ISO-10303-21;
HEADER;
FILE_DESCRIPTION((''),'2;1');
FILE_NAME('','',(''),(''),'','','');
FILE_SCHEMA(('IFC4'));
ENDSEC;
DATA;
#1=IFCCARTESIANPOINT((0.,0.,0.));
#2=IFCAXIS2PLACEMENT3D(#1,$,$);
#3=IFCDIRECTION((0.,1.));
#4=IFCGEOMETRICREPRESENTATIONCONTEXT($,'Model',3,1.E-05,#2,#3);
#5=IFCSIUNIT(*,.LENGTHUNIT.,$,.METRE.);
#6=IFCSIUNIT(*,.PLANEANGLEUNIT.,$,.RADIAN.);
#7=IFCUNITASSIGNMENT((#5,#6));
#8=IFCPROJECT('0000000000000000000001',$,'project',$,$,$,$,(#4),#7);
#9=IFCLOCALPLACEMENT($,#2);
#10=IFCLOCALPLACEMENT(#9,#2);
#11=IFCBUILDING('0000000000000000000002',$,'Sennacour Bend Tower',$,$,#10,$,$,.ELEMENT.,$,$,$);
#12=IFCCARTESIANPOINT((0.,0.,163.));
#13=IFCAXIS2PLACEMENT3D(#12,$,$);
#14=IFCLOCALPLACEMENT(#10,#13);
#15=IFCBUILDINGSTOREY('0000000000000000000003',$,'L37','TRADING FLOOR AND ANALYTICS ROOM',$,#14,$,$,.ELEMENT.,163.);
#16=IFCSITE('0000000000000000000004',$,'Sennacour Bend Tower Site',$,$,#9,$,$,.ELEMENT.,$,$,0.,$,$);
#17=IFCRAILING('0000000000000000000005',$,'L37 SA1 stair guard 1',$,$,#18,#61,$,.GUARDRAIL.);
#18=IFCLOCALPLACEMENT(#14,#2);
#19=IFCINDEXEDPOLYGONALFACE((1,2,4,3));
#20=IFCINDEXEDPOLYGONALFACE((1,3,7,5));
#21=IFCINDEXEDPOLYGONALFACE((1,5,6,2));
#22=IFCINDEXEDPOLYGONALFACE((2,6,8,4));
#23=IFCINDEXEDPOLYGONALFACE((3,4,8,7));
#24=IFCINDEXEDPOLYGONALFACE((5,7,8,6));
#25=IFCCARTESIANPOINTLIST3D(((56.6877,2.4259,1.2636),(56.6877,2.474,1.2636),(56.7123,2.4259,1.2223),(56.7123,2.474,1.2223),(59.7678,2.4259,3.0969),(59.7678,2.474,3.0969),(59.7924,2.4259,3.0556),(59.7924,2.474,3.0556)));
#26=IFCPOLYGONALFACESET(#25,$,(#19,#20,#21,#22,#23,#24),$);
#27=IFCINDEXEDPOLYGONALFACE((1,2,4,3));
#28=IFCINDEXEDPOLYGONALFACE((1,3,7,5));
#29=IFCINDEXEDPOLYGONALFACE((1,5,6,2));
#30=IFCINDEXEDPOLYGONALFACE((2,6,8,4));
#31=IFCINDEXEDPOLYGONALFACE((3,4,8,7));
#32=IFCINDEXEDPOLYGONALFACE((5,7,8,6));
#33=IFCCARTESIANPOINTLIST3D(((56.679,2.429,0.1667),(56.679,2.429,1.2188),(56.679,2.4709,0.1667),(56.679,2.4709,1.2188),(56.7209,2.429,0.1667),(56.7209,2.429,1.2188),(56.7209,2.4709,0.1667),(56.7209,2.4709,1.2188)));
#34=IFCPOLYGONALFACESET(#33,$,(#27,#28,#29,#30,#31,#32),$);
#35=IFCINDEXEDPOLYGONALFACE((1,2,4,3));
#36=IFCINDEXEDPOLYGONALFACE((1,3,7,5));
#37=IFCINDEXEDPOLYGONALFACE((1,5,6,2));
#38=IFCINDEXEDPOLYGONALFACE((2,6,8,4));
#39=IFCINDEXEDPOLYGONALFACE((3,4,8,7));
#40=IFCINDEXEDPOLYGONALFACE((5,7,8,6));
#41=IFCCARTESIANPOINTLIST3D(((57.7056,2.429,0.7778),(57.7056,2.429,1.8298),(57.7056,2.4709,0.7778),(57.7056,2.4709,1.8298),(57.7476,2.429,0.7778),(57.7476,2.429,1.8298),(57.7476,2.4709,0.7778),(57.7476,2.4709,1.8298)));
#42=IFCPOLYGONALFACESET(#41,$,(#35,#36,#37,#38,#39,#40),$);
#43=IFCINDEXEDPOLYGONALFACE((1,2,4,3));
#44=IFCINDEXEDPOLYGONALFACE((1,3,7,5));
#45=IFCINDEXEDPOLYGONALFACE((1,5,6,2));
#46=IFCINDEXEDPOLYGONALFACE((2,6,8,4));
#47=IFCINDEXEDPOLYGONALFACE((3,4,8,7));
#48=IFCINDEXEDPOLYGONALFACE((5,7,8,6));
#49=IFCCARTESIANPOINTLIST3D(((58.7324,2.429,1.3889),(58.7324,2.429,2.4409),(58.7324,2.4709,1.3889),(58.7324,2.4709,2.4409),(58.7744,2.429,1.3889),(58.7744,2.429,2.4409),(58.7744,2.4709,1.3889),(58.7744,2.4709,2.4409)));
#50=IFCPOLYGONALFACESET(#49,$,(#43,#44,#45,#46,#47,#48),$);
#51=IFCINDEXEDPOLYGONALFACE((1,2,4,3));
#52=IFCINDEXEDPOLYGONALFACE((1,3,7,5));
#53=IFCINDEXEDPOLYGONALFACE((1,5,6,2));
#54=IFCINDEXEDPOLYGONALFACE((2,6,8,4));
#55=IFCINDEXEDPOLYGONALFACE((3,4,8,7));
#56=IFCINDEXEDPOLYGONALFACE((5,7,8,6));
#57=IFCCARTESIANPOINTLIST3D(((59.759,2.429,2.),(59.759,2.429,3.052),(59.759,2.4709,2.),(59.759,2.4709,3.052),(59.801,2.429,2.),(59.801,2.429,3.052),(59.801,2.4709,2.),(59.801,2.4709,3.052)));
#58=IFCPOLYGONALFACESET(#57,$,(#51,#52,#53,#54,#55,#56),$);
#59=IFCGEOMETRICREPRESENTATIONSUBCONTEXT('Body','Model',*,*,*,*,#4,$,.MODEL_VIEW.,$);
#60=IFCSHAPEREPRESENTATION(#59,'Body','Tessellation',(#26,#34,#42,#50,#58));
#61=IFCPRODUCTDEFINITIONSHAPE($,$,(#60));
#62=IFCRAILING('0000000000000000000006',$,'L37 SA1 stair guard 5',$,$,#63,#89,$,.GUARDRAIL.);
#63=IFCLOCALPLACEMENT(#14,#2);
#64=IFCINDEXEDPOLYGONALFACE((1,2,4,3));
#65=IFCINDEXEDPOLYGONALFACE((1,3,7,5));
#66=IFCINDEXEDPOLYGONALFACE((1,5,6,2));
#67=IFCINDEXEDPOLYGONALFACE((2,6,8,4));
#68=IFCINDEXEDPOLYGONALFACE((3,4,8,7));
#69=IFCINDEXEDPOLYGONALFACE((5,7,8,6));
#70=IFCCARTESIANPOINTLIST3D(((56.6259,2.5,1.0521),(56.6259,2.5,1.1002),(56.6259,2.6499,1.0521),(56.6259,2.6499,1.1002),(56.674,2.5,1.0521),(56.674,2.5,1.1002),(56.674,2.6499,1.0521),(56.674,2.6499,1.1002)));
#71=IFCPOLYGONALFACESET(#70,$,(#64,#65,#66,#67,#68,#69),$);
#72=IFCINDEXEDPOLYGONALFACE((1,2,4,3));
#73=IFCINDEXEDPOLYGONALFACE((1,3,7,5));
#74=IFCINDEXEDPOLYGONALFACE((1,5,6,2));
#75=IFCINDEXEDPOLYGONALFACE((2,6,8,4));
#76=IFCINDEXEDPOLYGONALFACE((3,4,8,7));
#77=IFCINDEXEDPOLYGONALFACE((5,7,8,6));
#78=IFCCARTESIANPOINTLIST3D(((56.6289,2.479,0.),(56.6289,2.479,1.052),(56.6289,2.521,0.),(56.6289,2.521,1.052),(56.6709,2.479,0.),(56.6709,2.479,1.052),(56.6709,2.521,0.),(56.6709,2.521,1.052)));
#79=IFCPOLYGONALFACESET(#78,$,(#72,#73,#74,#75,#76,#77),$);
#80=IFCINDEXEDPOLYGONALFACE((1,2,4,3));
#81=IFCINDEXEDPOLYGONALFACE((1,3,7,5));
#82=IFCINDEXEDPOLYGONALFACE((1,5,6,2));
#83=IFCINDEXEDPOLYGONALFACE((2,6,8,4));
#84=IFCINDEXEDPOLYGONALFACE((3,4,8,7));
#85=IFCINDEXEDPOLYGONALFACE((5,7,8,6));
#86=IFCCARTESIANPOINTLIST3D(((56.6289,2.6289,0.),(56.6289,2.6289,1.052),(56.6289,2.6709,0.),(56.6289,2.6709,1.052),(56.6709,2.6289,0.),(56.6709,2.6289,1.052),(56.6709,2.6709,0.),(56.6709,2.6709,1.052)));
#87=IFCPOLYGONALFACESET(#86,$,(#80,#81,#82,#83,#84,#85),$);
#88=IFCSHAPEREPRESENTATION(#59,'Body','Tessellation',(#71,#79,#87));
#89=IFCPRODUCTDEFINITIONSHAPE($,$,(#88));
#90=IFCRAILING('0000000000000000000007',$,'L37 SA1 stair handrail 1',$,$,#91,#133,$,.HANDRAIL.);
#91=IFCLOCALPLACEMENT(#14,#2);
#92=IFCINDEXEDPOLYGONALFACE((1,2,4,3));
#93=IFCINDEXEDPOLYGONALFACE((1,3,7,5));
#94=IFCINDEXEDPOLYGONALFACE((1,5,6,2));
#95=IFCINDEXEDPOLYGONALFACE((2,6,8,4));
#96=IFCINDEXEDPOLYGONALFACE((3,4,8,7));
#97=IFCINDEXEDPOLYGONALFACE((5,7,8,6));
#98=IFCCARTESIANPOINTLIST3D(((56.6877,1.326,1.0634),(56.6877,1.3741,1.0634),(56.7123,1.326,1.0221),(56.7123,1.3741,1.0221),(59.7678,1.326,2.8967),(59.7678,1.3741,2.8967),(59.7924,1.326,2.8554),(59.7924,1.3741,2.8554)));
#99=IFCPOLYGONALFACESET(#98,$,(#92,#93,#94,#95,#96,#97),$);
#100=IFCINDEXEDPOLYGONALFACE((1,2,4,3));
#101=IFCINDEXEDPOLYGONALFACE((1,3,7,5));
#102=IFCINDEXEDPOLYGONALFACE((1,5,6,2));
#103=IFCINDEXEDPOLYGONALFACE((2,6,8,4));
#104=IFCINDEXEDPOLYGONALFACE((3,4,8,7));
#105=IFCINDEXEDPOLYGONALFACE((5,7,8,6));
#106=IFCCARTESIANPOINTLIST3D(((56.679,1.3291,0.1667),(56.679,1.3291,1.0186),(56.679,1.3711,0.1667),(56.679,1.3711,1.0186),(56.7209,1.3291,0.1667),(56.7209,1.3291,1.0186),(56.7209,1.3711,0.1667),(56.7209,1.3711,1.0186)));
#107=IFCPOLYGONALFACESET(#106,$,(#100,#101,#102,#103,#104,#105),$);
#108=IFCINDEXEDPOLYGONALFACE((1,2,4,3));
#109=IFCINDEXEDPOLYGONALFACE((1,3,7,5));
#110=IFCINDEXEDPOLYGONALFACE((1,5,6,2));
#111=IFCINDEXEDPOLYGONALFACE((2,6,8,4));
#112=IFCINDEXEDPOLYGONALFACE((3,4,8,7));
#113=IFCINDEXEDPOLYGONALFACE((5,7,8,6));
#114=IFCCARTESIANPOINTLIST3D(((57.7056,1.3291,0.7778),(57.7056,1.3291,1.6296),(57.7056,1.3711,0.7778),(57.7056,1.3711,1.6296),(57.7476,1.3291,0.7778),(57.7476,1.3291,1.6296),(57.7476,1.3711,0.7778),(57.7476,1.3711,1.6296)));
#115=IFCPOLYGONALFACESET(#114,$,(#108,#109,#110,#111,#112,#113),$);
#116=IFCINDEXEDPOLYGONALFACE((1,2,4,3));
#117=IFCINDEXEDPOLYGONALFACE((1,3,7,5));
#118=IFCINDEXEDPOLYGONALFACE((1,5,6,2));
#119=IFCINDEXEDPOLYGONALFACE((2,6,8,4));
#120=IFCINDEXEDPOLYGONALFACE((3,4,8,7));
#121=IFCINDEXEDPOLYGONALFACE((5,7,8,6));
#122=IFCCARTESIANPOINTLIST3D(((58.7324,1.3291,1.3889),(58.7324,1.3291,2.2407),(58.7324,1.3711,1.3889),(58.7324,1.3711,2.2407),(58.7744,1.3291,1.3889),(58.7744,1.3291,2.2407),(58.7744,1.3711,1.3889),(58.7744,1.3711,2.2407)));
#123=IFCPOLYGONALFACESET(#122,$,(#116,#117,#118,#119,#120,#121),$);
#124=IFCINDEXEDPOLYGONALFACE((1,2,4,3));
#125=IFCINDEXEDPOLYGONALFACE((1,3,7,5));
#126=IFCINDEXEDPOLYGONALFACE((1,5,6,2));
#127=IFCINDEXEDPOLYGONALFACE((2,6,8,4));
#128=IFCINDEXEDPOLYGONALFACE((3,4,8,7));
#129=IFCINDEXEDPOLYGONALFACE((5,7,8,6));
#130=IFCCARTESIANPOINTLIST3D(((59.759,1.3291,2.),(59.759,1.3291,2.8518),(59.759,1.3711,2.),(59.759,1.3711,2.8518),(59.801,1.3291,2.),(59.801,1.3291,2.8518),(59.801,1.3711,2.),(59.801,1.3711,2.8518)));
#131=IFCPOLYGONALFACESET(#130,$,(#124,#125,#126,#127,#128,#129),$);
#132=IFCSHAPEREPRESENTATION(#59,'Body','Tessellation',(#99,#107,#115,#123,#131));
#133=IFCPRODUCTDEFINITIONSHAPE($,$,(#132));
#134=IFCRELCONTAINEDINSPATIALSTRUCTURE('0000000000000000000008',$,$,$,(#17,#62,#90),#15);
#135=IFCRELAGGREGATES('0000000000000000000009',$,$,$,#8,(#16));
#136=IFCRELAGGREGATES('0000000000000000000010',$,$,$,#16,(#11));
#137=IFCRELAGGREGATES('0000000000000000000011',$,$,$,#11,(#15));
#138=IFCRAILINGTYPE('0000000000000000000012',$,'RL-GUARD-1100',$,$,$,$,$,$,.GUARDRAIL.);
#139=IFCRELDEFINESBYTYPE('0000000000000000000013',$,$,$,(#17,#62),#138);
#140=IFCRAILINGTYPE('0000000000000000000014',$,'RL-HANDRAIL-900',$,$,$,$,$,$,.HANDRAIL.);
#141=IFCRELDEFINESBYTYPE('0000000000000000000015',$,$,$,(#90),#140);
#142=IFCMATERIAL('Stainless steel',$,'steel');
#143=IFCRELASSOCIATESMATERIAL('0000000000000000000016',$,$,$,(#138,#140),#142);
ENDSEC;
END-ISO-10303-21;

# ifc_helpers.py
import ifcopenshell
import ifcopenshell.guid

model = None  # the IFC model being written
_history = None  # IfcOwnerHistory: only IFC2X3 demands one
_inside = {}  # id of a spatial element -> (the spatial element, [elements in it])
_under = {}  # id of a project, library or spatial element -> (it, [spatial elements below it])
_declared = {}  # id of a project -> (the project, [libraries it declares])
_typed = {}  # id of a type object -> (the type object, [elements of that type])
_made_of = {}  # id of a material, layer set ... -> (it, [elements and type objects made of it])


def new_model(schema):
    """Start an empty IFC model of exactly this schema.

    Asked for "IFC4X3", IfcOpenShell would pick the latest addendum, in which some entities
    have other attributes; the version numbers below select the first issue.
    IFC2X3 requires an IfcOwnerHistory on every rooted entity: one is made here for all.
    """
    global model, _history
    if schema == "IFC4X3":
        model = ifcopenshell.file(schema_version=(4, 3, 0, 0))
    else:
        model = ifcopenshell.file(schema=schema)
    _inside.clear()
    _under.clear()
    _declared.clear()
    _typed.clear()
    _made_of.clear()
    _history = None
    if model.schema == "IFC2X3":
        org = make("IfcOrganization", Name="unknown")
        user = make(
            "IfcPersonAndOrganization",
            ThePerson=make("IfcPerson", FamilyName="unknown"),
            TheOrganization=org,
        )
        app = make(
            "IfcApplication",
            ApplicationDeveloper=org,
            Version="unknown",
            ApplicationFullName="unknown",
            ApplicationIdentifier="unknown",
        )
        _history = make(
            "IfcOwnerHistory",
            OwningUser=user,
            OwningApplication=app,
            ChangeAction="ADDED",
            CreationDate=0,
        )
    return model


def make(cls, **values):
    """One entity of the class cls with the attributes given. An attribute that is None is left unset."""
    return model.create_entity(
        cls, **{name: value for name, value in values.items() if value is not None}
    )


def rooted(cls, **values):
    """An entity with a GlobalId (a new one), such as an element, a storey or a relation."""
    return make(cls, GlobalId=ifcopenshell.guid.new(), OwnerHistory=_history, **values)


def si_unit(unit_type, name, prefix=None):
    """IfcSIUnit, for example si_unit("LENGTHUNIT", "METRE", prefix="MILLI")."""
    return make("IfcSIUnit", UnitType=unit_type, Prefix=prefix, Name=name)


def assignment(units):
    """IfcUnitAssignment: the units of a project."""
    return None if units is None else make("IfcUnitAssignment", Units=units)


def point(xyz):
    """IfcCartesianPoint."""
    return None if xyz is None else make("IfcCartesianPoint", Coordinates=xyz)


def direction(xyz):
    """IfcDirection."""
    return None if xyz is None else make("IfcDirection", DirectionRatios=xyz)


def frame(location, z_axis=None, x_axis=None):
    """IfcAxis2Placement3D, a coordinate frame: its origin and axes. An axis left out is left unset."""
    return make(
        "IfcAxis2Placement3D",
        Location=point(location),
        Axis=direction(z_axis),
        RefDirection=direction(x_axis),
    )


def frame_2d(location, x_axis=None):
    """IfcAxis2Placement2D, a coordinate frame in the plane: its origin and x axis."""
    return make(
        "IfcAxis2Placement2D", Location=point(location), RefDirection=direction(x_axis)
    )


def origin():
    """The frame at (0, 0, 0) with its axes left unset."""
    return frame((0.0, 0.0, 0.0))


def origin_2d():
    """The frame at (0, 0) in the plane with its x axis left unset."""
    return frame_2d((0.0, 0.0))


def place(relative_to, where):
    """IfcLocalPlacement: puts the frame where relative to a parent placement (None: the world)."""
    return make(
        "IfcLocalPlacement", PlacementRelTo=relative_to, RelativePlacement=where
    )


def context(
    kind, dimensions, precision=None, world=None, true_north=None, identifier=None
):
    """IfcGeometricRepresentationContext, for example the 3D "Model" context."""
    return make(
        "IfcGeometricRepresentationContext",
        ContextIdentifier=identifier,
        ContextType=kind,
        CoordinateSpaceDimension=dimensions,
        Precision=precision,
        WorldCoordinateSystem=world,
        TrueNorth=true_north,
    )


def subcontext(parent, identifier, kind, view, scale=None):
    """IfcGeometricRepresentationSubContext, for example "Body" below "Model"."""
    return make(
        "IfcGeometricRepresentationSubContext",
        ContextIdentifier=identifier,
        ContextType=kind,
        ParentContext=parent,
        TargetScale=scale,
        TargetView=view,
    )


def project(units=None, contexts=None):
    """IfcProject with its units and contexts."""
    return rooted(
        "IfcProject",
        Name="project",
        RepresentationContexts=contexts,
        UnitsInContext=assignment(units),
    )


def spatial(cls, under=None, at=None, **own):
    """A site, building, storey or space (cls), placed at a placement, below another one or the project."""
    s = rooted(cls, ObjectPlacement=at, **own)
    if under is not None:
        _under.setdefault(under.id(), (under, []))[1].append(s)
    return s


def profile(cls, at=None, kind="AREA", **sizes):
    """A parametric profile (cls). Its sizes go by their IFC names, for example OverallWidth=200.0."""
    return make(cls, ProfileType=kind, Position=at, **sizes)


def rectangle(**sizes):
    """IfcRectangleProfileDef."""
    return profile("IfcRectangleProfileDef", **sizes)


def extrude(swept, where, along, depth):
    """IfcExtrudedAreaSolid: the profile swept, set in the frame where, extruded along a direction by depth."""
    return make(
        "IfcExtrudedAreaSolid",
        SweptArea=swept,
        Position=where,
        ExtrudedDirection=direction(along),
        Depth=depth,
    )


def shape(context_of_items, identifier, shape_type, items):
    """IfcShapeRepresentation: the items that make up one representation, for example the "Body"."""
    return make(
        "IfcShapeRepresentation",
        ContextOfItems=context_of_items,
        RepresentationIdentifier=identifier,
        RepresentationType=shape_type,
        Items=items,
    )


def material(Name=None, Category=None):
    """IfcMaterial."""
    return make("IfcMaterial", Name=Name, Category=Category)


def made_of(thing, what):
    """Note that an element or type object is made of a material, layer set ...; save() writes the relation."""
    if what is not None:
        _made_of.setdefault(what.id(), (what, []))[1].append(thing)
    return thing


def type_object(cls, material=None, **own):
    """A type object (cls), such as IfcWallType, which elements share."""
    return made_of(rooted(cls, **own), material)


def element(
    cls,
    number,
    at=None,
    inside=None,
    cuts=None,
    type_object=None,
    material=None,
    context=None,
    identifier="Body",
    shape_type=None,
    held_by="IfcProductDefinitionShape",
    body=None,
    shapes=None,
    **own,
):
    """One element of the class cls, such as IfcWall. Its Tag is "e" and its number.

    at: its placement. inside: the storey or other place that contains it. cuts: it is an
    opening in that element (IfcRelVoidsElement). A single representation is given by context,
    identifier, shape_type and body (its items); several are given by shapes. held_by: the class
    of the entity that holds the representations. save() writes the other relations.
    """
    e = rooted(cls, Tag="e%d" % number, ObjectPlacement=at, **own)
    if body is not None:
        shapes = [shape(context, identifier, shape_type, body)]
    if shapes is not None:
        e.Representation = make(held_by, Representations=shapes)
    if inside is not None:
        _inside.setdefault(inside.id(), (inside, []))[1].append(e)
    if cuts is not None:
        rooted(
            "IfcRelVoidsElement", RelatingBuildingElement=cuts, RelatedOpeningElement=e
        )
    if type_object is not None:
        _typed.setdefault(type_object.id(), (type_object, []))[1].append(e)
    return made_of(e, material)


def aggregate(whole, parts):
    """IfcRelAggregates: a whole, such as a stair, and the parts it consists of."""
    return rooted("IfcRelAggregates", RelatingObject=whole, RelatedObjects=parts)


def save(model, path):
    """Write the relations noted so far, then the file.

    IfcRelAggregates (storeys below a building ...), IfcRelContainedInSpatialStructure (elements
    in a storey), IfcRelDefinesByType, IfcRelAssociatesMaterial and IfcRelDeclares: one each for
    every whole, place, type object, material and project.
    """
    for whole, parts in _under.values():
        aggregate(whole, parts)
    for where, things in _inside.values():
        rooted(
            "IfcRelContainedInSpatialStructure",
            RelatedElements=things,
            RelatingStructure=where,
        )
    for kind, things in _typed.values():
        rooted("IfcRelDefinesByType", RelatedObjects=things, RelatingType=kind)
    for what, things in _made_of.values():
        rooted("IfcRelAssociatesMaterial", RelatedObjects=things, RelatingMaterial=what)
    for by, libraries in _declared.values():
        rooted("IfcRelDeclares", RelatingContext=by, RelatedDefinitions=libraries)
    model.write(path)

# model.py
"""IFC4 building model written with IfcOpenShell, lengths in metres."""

from ifc_helpers import new_model, si_unit, direction, frame, origin, origin_2d, place, context, subcontext, project, spatial, rectangle, extrude, material, type_object, element, save


model = new_model("IFC4")

# Units and contexts
model_context = context("Model", 3, precision=1e-05, world=origin(), true_north=direction((0.0, 1.0)))
body_context = subcontext(model_context, "Body", "Model", "MODEL_VIEW")
ifc_project = project(units=[si_unit("LENGTHUNIT", "METRE"), si_unit("PLANEANGLEUNIT", "RADIAN")], contexts=[model_context])

# Site, building, storey
site_placement = place(None, origin())
site = spatial("IfcSite", under=ifc_project, at=site_placement, Name="Sennacour Bend Tower Site", CompositionType="ELEMENT", RefElevation=0.0)
building_placement = place(site_placement, origin())
building = spatial("IfcBuilding", under=site, at=building_placement, Name="Sennacour Bend Tower", CompositionType="ELEMENT")
storey_placement = place(building_placement, frame((0.0, 0.0, 163.0)))
storey = spatial("IfcBuildingStorey", under=building, at=storey_placement, Name="L37", Description="TRADING FLOOR AND ANALYTICS ROOM", CompositionType="ELEMENT", Elevation=163.0)

# Shared definitions
ifc_material_1 = material(Name="Stainless steel", Category="steel")

# Railings
railing_type_1 = type_object("IfcRailingType", Name="RL-GUARD-1100", PredefinedType="GUARDRAIL", material=ifc_material_1)
railing_1_placement = place(storey_placement, frame((56.7, 2.45, 0.1667)))
element("IfcRailing", 1, at=railing_1_placement, inside=storey, type_object=railing_type_1, Name="L37 SA1 stair guard 1", PredefinedType="GUARDRAIL", context=body_context, shape_type="SweptSolid", body=[
    extrude(rectangle(XDim=0.0481, YDim=0.0481, at=origin_2d()), frame((0.0, 0.0, 1.0762), z_axis=(0.859309, 0.0, 0.511458), x_axis=(0.0, 1.0, 0.0)), (0.0, 0.0, 1.0), 3.5845),
    extrude(rectangle(XDim=0.042, YDim=0.042, at=origin_2d()), origin(), (0.0, 0.0, 1.0), 1.052),
    extrude(rectangle(XDim=0.042, YDim=0.042, at=origin_2d()), frame((1.0266, 0.0, 0.6111)), (0.0, 0.0, 1.0), 1.052),
    extrude(rectangle(XDim=0.042, YDim=0.042, at=origin_2d()), frame((2.0535, 0.0, 1.2222)), (0.0, 0.0, 1.0), 1.052),
    extrude(rectangle(XDim=0.042, YDim=0.042, at=origin_2d()), frame((3.0801, 0.0, 1.8333)), (0.0, 0.0, 1.0), 1.052),
])
railing_2_placement = place(storey_placement, frame((56.6499, 2.5, 0.0)))
element("IfcRailing", 2, at=railing_2_placement, inside=storey, type_object=railing_type_1, Name="L37 SA1 stair guard 5", PredefinedType="GUARDRAIL", context=body_context, shape_type="SweptSolid", body=[
    extrude(rectangle(XDim=0.0481, YDim=0.0481, at=origin_2d()), frame((0.0, 0.0, 1.0762), z_axis=(0.0, 1.0, 0.0), x_axis=(-1.0, 0.0, 0.0)), (0.0, 0.0, 1.0), 0.1499),
    extrude(rectangle(XDim=0.042, YDim=0.042, at=origin_2d()), origin(), (0.0, 0.0, 1.0), 1.052),
    extrude(rectangle(XDim=0.042, YDim=0.042, at=origin_2d()), frame((0.0, 0.1499, 0.0)), (0.0, 0.0, 1.0), 1.052),
])
railing_type_2 = type_object("IfcRailingType", Name="RL-HANDRAIL-900", PredefinedType="HANDRAIL", material=ifc_material_1)
railing_3_placement = place(storey_placement, frame((56.7, 1.3501, 0.1667)))
element("IfcRailing", 3, at=railing_3_placement, inside=storey, type_object=railing_type_2, Name="L37 SA1 stair handrail 1", PredefinedType="HANDRAIL", context=body_context, shape_type="SweptSolid", body=[
    extrude(rectangle(XDim=0.0481, YDim=0.0481, at=origin_2d()), frame((0.0, 0.0, 0.876), z_axis=(0.859309, 0.0, 0.511458), x_axis=(0.0, 1.0, 0.0)), (0.0, 0.0, 1.0), 3.5845),
    extrude(rectangle(XDim=0.042, YDim=0.042, at=origin_2d()), origin(), (0.0, 0.0, 1.0), 0.8518),
    extrude(rectangle(XDim=0.042, YDim=0.042, at=origin_2d()), frame((1.0266, 0.0, 0.6111)), (0.0, 0.0, 1.0), 0.8518),
    extrude(rectangle(XDim=0.042, YDim=0.042, at=origin_2d()), frame((2.0535, 0.0, 1.2222)), (0.0, 0.0, 1.0), 0.8518),
    extrude(rectangle(XDim=0.042, YDim=0.042, at=origin_2d()), frame((3.0801, 0.0, 1.8333)), (0.0, 0.0, 1.0), 0.8518),
])

save(model, "model.ifc")
